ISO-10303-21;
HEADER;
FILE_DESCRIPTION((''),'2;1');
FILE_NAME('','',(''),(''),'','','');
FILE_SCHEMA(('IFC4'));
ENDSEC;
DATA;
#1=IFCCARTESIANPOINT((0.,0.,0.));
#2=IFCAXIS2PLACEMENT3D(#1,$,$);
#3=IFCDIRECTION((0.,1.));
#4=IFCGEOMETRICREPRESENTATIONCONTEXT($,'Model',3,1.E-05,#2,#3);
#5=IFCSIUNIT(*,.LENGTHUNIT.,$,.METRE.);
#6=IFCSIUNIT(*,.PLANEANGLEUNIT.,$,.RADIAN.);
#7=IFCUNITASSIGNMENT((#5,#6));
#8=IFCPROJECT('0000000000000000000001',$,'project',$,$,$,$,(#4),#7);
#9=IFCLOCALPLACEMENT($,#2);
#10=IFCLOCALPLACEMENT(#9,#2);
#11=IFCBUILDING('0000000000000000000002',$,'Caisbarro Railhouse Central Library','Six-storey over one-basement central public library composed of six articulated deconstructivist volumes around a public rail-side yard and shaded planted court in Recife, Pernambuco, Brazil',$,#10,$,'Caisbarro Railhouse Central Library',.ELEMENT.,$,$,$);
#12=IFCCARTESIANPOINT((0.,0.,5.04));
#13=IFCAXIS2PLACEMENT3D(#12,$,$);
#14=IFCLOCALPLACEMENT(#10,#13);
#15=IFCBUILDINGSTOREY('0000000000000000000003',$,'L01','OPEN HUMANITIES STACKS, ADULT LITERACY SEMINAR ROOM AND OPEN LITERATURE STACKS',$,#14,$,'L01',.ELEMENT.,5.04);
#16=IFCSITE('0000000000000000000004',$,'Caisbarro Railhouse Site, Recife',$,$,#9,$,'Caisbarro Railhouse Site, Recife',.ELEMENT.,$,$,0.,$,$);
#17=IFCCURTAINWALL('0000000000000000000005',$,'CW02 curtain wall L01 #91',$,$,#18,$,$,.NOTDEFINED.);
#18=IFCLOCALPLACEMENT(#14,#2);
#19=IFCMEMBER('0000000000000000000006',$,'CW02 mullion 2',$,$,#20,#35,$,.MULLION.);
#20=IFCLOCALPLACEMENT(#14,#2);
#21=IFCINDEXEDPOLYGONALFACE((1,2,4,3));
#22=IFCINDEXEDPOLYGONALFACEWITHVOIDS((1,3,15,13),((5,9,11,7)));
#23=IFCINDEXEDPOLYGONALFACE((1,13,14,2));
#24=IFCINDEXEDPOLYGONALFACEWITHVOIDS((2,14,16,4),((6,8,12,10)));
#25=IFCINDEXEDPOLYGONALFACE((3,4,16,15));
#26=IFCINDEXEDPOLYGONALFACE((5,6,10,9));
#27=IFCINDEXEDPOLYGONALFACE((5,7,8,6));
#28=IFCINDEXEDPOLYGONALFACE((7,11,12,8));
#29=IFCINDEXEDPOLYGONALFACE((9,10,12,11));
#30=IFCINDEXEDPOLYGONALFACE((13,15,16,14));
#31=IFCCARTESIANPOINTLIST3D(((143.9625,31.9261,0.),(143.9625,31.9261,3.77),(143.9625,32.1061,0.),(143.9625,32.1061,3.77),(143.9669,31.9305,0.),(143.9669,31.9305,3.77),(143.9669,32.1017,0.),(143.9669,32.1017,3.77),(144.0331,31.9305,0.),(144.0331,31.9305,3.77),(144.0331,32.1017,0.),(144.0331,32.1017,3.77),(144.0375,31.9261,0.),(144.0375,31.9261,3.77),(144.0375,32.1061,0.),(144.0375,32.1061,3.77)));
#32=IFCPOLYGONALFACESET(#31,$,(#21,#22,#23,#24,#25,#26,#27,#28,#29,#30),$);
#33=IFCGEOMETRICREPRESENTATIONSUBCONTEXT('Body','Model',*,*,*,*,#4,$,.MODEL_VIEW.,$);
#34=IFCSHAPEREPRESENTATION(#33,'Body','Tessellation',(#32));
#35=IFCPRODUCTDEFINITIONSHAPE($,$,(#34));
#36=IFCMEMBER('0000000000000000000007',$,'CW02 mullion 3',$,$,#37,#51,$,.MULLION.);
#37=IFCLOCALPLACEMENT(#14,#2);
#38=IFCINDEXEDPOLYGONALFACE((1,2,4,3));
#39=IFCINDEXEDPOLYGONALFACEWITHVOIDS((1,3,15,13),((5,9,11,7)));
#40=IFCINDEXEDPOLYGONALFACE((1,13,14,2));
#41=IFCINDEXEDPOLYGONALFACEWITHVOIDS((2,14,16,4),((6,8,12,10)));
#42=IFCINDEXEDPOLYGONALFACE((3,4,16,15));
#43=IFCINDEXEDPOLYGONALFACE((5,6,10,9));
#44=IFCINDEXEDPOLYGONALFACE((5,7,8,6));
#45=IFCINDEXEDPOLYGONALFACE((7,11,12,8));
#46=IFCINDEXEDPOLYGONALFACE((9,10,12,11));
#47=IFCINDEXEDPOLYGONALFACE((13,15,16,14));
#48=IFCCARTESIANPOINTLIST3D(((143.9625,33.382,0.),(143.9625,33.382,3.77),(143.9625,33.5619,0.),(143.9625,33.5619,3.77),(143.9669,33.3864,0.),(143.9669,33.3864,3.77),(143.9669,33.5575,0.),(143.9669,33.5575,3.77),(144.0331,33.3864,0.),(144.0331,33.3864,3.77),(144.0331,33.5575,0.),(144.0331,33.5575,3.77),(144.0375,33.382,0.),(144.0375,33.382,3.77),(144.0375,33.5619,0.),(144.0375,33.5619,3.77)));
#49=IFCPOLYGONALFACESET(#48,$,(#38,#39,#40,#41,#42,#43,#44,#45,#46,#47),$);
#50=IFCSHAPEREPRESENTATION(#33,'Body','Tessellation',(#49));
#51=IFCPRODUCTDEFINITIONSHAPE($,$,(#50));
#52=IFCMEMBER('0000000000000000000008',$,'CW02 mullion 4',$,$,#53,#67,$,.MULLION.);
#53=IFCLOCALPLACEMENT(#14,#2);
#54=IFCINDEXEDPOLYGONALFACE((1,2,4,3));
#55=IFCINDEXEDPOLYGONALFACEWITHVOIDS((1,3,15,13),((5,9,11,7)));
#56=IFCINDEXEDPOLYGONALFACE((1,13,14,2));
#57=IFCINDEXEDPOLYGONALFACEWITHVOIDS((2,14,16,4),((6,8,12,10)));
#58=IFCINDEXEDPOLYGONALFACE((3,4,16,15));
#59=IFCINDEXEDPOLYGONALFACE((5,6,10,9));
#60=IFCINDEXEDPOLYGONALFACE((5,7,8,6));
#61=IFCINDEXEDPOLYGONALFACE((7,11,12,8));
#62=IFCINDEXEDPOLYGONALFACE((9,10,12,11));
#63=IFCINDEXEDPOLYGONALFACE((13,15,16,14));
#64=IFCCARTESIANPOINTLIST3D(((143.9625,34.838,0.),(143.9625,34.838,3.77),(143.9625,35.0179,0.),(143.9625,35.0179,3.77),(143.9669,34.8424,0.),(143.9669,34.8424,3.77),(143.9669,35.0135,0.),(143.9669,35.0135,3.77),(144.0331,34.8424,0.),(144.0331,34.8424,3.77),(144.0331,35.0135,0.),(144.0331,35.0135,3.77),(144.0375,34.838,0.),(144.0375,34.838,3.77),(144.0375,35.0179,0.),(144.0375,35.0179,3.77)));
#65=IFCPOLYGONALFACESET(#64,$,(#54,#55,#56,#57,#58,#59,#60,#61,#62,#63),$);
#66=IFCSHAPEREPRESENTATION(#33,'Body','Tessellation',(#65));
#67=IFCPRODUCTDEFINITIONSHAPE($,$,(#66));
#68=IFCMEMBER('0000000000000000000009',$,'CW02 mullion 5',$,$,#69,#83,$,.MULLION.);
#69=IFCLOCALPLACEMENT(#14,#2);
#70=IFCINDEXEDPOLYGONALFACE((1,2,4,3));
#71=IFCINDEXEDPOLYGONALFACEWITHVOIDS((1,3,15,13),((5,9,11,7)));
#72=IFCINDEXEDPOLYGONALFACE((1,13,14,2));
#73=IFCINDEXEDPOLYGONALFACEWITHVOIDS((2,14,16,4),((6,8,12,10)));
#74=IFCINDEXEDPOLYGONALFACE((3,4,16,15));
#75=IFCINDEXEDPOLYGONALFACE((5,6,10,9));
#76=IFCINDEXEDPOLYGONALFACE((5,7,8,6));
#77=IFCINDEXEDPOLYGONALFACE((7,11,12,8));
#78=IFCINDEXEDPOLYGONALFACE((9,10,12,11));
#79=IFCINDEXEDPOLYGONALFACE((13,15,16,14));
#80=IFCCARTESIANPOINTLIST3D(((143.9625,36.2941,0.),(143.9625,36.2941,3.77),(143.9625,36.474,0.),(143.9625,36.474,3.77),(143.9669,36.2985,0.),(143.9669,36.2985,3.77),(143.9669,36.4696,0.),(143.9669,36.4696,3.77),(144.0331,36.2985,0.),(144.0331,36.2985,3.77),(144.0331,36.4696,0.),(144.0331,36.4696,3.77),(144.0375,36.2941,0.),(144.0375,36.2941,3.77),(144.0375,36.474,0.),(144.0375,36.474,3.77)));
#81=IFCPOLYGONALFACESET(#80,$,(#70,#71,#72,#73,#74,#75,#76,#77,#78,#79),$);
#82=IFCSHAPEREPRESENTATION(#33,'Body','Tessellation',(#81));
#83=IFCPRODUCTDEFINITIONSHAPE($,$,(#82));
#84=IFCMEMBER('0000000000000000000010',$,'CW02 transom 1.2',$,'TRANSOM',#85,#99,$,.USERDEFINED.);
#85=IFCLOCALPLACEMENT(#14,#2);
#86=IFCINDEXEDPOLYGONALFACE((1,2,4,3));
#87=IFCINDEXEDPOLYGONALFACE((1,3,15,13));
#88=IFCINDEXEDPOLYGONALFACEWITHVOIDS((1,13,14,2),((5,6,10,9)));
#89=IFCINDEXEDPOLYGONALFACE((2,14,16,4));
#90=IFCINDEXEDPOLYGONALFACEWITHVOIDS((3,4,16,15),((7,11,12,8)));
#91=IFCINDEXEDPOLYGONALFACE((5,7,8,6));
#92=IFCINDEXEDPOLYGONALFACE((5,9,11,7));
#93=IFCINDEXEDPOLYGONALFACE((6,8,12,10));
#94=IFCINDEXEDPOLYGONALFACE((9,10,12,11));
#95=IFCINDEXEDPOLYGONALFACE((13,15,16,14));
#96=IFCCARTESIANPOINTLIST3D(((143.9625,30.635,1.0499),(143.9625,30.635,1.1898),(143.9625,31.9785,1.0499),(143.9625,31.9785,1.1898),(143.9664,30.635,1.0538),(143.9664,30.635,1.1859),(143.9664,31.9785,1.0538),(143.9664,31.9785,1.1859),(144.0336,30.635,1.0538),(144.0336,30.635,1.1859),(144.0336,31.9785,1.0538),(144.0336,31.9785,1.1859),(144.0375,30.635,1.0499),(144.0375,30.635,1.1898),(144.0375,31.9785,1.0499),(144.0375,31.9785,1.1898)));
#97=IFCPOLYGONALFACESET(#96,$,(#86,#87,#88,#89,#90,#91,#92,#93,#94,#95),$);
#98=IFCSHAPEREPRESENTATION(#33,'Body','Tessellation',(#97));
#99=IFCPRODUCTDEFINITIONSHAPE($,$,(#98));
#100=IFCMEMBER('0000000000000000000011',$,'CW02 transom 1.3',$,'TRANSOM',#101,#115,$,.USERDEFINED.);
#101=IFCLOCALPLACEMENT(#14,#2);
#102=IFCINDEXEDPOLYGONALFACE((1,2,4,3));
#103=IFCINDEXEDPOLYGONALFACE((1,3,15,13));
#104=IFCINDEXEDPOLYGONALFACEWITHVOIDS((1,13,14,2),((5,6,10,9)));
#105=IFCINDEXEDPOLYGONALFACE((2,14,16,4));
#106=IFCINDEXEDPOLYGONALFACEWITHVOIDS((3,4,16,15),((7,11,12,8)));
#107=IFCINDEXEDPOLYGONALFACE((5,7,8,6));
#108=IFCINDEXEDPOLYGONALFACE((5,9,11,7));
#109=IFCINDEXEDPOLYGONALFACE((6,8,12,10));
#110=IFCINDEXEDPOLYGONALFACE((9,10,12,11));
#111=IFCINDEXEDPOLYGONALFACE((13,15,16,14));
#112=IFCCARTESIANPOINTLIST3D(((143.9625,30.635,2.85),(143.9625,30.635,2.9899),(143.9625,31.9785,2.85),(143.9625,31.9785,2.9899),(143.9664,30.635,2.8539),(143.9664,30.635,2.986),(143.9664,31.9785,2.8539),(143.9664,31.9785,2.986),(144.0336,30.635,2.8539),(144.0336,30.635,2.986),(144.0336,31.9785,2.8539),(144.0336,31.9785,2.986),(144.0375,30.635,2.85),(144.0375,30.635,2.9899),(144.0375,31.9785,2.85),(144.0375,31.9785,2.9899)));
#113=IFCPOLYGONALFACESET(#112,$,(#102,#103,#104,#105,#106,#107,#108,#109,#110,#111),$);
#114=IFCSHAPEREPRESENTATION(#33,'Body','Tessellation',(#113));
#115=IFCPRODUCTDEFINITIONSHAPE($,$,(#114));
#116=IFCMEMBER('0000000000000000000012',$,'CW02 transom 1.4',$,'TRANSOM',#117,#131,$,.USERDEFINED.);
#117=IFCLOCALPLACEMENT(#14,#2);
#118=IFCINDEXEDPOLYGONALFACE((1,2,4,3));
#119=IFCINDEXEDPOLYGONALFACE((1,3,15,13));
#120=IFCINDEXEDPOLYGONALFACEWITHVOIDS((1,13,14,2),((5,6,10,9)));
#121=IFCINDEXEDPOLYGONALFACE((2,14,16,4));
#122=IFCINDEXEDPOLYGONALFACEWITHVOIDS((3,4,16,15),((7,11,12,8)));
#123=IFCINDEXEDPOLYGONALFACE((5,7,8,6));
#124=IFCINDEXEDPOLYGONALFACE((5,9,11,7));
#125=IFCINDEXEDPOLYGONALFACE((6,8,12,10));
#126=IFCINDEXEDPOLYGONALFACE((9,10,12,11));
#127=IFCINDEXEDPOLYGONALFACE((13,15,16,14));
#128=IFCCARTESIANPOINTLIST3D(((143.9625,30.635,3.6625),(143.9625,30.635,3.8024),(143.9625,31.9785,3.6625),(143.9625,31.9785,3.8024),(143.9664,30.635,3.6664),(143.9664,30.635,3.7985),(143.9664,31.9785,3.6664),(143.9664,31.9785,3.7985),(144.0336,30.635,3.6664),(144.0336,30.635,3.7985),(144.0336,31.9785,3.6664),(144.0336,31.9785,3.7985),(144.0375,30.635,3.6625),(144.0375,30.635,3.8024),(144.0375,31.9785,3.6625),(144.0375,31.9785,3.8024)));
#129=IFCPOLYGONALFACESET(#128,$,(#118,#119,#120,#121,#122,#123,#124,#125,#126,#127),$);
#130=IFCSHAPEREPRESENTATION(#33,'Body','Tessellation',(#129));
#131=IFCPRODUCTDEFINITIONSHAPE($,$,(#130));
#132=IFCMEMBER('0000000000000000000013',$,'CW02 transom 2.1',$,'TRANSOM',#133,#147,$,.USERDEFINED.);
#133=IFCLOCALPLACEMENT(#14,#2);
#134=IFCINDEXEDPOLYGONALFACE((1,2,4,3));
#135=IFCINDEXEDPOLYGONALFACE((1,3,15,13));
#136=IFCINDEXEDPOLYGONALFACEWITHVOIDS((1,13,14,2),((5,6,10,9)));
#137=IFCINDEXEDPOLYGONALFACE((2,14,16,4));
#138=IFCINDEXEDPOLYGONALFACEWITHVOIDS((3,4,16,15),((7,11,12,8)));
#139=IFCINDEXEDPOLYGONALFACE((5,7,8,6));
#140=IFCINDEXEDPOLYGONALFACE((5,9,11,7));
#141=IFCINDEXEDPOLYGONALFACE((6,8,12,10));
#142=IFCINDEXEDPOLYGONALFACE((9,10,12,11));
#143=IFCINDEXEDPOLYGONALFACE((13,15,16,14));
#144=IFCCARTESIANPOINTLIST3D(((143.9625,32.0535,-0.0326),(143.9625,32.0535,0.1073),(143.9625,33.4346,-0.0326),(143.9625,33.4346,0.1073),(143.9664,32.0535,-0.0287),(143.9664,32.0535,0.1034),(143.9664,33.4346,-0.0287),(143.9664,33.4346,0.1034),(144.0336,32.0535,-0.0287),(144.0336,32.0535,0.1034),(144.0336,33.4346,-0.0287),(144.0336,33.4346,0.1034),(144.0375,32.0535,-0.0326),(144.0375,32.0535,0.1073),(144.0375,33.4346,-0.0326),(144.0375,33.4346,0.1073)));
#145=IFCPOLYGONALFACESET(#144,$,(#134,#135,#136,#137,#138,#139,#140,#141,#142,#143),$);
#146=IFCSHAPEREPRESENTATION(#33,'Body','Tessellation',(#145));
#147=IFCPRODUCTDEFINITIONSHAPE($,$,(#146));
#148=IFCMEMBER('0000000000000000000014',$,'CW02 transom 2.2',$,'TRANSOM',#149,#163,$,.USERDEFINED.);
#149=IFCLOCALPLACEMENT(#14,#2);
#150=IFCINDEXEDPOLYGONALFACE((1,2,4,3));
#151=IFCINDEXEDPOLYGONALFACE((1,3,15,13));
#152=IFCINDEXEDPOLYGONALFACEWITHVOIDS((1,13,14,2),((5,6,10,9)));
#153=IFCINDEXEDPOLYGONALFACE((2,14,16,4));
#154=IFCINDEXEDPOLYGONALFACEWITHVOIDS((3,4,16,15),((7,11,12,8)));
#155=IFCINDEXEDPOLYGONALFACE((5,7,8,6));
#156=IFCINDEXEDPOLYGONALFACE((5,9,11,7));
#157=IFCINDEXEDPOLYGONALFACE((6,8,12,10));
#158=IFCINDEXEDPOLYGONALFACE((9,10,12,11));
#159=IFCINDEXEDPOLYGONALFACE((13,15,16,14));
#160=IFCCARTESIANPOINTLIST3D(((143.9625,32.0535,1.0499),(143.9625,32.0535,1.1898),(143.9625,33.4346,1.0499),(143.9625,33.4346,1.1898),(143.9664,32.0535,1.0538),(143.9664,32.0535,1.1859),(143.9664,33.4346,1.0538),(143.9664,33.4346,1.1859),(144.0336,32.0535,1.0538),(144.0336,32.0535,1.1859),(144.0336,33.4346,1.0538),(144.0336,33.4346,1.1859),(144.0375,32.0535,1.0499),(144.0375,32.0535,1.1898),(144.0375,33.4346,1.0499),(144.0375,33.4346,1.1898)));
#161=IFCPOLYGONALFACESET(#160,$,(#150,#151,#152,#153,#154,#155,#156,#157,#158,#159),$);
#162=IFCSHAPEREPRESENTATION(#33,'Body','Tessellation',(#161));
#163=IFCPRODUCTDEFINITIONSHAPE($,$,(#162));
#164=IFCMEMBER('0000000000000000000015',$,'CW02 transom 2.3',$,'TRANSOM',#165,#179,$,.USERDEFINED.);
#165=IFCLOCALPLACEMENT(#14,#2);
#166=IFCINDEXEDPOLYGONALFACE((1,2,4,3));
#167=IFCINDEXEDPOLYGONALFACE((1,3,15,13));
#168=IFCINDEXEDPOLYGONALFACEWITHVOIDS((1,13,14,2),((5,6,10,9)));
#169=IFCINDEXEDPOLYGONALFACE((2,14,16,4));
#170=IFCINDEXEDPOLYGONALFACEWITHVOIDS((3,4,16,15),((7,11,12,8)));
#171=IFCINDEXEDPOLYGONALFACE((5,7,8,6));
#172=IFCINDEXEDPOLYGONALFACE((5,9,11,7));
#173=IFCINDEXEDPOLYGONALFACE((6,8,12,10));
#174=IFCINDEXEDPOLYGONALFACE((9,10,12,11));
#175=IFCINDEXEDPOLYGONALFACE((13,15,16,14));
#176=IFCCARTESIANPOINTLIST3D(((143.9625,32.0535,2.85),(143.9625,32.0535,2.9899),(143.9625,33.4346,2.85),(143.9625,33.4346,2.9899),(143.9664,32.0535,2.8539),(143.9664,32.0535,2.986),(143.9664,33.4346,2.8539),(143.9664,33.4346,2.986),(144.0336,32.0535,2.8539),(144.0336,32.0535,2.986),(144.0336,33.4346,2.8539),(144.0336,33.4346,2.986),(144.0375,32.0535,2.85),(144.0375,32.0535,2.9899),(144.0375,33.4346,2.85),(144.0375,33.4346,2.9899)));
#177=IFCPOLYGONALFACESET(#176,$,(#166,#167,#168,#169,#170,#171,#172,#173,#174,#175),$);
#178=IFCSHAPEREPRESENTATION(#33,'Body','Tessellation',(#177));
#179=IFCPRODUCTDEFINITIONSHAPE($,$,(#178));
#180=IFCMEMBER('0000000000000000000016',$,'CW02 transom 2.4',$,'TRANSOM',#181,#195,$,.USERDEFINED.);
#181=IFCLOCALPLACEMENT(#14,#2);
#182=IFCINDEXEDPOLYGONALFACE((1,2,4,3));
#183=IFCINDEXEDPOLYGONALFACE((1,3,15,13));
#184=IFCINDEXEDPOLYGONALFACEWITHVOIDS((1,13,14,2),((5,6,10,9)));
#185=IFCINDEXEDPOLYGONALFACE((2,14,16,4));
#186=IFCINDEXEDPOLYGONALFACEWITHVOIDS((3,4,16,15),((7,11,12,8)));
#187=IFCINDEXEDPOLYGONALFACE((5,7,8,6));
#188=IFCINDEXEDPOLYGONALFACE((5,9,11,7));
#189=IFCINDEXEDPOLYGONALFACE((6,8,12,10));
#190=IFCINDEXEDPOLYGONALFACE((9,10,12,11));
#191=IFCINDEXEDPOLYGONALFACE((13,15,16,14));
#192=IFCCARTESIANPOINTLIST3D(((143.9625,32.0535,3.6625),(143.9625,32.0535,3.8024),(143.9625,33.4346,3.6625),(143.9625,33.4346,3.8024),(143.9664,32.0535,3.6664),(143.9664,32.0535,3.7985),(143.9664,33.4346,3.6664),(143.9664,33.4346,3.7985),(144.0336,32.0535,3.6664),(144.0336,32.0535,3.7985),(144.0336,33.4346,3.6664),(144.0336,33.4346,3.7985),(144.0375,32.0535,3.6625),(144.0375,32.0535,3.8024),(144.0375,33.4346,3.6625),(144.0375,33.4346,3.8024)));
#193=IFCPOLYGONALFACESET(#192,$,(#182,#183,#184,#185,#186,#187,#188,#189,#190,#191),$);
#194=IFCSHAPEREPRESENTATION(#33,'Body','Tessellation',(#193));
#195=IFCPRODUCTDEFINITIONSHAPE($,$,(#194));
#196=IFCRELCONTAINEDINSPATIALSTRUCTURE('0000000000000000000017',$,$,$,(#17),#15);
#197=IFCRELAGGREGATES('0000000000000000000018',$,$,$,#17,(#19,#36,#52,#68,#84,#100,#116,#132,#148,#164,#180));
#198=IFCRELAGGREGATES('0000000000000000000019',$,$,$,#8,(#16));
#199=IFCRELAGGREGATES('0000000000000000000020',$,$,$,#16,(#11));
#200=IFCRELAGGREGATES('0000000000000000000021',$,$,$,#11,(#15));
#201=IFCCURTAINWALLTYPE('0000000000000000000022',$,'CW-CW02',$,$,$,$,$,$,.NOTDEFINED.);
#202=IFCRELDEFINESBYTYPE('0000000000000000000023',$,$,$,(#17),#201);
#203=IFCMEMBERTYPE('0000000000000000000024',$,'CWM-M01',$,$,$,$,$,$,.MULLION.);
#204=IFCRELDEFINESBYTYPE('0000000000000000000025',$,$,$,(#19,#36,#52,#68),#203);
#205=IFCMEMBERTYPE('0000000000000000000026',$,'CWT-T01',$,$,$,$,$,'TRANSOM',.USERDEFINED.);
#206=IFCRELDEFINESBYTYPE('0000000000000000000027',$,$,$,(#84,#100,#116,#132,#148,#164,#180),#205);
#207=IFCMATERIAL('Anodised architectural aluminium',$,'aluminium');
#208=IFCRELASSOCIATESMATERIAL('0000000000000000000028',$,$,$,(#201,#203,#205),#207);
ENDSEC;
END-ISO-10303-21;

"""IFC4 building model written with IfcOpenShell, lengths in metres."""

from ifc_helpers import new_model, si_unit, direction, frame, origin, origin_2d, place, context, subcontext, project, spatial, hollow_rectangle, extrude, material, material_profile, profile_set, type_object, element, aggregate, save


model = new_model("IFC4")

# Units and contexts
model_context = context("Model", 3, precision=1e-05, world=origin(), true_north=direction((0.0, 1.0)))
body_context = subcontext(model_context, "Body", "Model", "MODEL_VIEW")
ifc_project = project(units=[si_unit("LENGTHUNIT", "METRE"), si_unit("PLANEANGLEUNIT", "RADIAN")], contexts=[model_context])

# Site, building, storey
site_placement = place(None, origin())
site = spatial("IfcSite", under=ifc_project, at=site_placement, Name="Caisbarro Railhouse Site, Recife", LongName="Caisbarro Railhouse Site, Recife", CompositionType="ELEMENT", RefElevation=0.0)
building_placement = place(site_placement, origin())
building = spatial("IfcBuilding", under=site, at=building_placement, Name="Caisbarro Railhouse Central Library", Description="Six-storey over one-basement central public library composed of six articulated deconstructivist volumes around a public rail-side yard and shaded planted court in Recife, Pernambuco, Brazil", LongName="Caisbarro Railhouse Central Library", CompositionType="ELEMENT")
storey_placement = place(building_placement, frame((0.0, 0.0, 5.04)))
storey = spatial("IfcBuildingStorey", under=building, at=storey_placement, Name="L01", Description="OPEN HUMANITIES STACKS, ADULT LITERACY SEMINAR ROOM AND OPEN LITERATURE STACKS", LongName="L01", CompositionType="ELEMENT", Elevation=5.04)

# Curtain wall, members
ifc_material_1 = material(Name="Anodised architectural aluminium", Category="aluminium")
curtain_wall_type = type_object("IfcCurtainWallType", Name="CW-CW02", PredefinedType="NOTDEFINED", material=ifc_material_1)
curtain_wall_placement = place(storey_placement, origin())
curtain_wall = element("IfcCurtainWall", 1, at=curtain_wall_placement, inside=storey, type_object=curtain_wall_type, Name="CW02 curtain wall L01 #91", PredefinedType="NOTDEFINED")
ifc_material_profile_1 = material_profile(ifc_material_1, hollow_rectangle(XDim=0.075, YDim=0.1799, WallThickness=0.0044, at=origin_2d()), Name="ALU-MUL-75X180")
ifc_profile_set_1 = profile_set([ifc_material_profile_1], Name="Anodised architectural aluminium")
member_type_1 = type_object("IfcMemberType", Name="CWM-M01", PredefinedType="MULLION", material=ifc_profile_set_1)
member_1_placement = place(storey_placement, frame((144.0, 32.0161, 0.0), z_axis=(0.0, 0.0, 1.0), x_axis=(-1.0, 0.0, 0.0)))
member_1 = element("IfcMember", 2, at=member_1_placement, type_object=member_type_1, Name="CW02 mullion 2", PredefinedType="MULLION", context=body_context, shape_type="SweptSolid", body=[
    extrude(hollow_rectangle(XDim=0.075, YDim=0.1799, WallThickness=0.0044, at=origin_2d()), origin(), (0.0, 0.0, 1.0), 3.77),
])
member_2_placement = place(storey_placement, frame((144.0, 33.4719, 0.0), z_axis=(0.0, 0.0, 1.0), x_axis=(-1.0, 0.0, 0.0)))
member_2 = element("IfcMember", 3, at=member_2_placement, type_object=member_type_1, Name="CW02 mullion 3", PredefinedType="MULLION", context=body_context, shape_type="SweptSolid", body=[
    extrude(hollow_rectangle(XDim=0.075, YDim=0.1799, WallThickness=0.0044, at=origin_2d()), origin(), (0.0, 0.0, 1.0), 3.77),
])
member_3_placement = place(storey_placement, frame((144.0, 34.928, 0.0), z_axis=(0.0, 0.0, 1.0), x_axis=(-1.0, 0.0, 0.0)))
member_3 = element("IfcMember", 4, at=member_3_placement, type_object=member_type_1, Name="CW02 mullion 4", PredefinedType="MULLION", context=body_context, shape_type="SweptSolid", body=[
    extrude(hollow_rectangle(XDim=0.075, YDim=0.1799, WallThickness=0.0044, at=origin_2d()), origin(), (0.0, 0.0, 1.0), 3.77),
])
member_4_placement = place(storey_placement, frame((144.0, 36.384, 0.0), z_axis=(0.0, 0.0, 1.0), x_axis=(-1.0, 0.0, 0.0)))
member_4 = element("IfcMember", 5, at=member_4_placement, type_object=member_type_1, Name="CW02 mullion 5", PredefinedType="MULLION", context=body_context, shape_type="SweptSolid", body=[
    extrude(hollow_rectangle(XDim=0.075, YDim=0.1799, WallThickness=0.0044, at=origin_2d()), origin(), (0.0, 0.0, 1.0), 3.77),
])
ifc_material_profile_2 = material_profile(ifc_material_1, hollow_rectangle(XDim=0.075, YDim=0.1399, WallThickness=0.0039, at=origin_2d()), Name="ALU-TRN-75X140")
ifc_profile_set_2 = profile_set([ifc_material_profile_2], Name="Anodised architectural aluminium")
member_type_2 = type_object("IfcMemberType", Name="CWT-T01", ElementType="TRANSOM", PredefinedType="USERDEFINED", material=ifc_profile_set_2)
member_5_placement = place(storey_placement, frame((144.0, 30.635, 1.1199), z_axis=(0.0, 1.0, 0.0), x_axis=(-1.0, 0.0, 0.0)))
member_5 = element("IfcMember", 6, at=member_5_placement, type_object=member_type_2, Name="CW02 transom 1.2", ObjectType="TRANSOM", PredefinedType="USERDEFINED", context=body_context, shape_type="SweptSolid", body=[
    extrude(hollow_rectangle(XDim=0.075, YDim=0.1399, WallThickness=0.0039, at=origin_2d()), origin(), (0.0, 0.0, 1.0), 1.3435),
])
member_6_placement = place(storey_placement, frame((144.0, 30.635, 2.9199), z_axis=(0.0, 1.0, 0.0), x_axis=(-1.0, 0.0, 0.0)))
member_6 = element("IfcMember", 7, at=member_6_placement, type_object=member_type_2, Name="CW02 transom 1.3", ObjectType="TRANSOM", PredefinedType="USERDEFINED", context=body_context, shape_type="SweptSolid", body=[
    extrude(hollow_rectangle(XDim=0.075, YDim=0.1399, WallThickness=0.0039, at=origin_2d()), origin(), (0.0, 0.0, 1.0), 1.3435),
])
member_7_placement = place(storey_placement, frame((144.0, 30.635, 3.7324), z_axis=(0.0, 1.0, 0.0), x_axis=(-1.0, 0.0, 0.0)))
member_7 = element("IfcMember", 8, at=member_7_placement, type_object=member_type_2, Name="CW02 transom 1.4", ObjectType="TRANSOM", PredefinedType="USERDEFINED", context=body_context, shape_type="SweptSolid", body=[
    extrude(hollow_rectangle(XDim=0.075, YDim=0.1399, WallThickness=0.0039, at=origin_2d()), origin(), (0.0, 0.0, 1.0), 1.3435),
])
member_8_placement = place(storey_placement, frame((144.0, 32.0535, 0.0374), z_axis=(0.0, 1.0, 0.0), x_axis=(-1.0, 0.0, 0.0)))
member_8 = element("IfcMember", 9, at=member_8_placement, type_object=member_type_2, Name="CW02 transom 2.1", ObjectType="TRANSOM", PredefinedType="USERDEFINED", context=body_context, shape_type="SweptSolid", body=[
    extrude(hollow_rectangle(XDim=0.075, YDim=0.1399, WallThickness=0.0039, at=origin_2d()), origin(), (0.0, 0.0, 1.0), 1.3811),
])
member_9_placement = place(storey_placement, frame((144.0, 32.0535, 1.1199), z_axis=(0.0, 1.0, 0.0), x_axis=(-1.0, 0.0, 0.0)))
member_9 = element("IfcMember", 10, at=member_9_placement, type_object=member_type_2, Name="CW02 transom 2.2", ObjectType="TRANSOM", PredefinedType="USERDEFINED", context=body_context, shape_type="SweptSolid", body=[
    extrude(hollow_rectangle(XDim=0.075, YDim=0.1399, WallThickness=0.0039, at=origin_2d()), origin(), (0.0, 0.0, 1.0), 1.3811),
])
member_10_placement = place(storey_placement, frame((144.0, 32.0535, 2.9199), z_axis=(0.0, 1.0, 0.0), x_axis=(-1.0, 0.0, 0.0)))
member_10 = element("IfcMember", 11, at=member_10_placement, type_object=member_type_2, Name="CW02 transom 2.3", ObjectType="TRANSOM", PredefinedType="USERDEFINED", context=body_context, shape_type="SweptSolid", body=[
    extrude(hollow_rectangle(XDim=0.075, YDim=0.1399, WallThickness=0.0039, at=origin_2d()), origin(), (0.0, 0.0, 1.0), 1.3811),
])
member_11_placement = place(storey_placement, frame((144.0, 32.0535, 3.7324), z_axis=(0.0, 1.0, 0.0), x_axis=(-1.0, 0.0, 0.0)))
member_11 = element("IfcMember", 12, at=member_11_placement, type_object=member_type_2, Name="CW02 transom 2.4", ObjectType="TRANSOM", PredefinedType="USERDEFINED", context=body_context, shape_type="SweptSolid", body=[
    extrude(hollow_rectangle(XDim=0.075, YDim=0.1399, WallThickness=0.0039, at=origin_2d()), origin(), (0.0, 0.0, 1.0), 1.3811),
])
aggregate(curtain_wall, [member_1, member_2, member_3, member_4, member_5, member_6, member_7, member_8, member_9, member_10, member_11])

save(model, "model.ifc")
